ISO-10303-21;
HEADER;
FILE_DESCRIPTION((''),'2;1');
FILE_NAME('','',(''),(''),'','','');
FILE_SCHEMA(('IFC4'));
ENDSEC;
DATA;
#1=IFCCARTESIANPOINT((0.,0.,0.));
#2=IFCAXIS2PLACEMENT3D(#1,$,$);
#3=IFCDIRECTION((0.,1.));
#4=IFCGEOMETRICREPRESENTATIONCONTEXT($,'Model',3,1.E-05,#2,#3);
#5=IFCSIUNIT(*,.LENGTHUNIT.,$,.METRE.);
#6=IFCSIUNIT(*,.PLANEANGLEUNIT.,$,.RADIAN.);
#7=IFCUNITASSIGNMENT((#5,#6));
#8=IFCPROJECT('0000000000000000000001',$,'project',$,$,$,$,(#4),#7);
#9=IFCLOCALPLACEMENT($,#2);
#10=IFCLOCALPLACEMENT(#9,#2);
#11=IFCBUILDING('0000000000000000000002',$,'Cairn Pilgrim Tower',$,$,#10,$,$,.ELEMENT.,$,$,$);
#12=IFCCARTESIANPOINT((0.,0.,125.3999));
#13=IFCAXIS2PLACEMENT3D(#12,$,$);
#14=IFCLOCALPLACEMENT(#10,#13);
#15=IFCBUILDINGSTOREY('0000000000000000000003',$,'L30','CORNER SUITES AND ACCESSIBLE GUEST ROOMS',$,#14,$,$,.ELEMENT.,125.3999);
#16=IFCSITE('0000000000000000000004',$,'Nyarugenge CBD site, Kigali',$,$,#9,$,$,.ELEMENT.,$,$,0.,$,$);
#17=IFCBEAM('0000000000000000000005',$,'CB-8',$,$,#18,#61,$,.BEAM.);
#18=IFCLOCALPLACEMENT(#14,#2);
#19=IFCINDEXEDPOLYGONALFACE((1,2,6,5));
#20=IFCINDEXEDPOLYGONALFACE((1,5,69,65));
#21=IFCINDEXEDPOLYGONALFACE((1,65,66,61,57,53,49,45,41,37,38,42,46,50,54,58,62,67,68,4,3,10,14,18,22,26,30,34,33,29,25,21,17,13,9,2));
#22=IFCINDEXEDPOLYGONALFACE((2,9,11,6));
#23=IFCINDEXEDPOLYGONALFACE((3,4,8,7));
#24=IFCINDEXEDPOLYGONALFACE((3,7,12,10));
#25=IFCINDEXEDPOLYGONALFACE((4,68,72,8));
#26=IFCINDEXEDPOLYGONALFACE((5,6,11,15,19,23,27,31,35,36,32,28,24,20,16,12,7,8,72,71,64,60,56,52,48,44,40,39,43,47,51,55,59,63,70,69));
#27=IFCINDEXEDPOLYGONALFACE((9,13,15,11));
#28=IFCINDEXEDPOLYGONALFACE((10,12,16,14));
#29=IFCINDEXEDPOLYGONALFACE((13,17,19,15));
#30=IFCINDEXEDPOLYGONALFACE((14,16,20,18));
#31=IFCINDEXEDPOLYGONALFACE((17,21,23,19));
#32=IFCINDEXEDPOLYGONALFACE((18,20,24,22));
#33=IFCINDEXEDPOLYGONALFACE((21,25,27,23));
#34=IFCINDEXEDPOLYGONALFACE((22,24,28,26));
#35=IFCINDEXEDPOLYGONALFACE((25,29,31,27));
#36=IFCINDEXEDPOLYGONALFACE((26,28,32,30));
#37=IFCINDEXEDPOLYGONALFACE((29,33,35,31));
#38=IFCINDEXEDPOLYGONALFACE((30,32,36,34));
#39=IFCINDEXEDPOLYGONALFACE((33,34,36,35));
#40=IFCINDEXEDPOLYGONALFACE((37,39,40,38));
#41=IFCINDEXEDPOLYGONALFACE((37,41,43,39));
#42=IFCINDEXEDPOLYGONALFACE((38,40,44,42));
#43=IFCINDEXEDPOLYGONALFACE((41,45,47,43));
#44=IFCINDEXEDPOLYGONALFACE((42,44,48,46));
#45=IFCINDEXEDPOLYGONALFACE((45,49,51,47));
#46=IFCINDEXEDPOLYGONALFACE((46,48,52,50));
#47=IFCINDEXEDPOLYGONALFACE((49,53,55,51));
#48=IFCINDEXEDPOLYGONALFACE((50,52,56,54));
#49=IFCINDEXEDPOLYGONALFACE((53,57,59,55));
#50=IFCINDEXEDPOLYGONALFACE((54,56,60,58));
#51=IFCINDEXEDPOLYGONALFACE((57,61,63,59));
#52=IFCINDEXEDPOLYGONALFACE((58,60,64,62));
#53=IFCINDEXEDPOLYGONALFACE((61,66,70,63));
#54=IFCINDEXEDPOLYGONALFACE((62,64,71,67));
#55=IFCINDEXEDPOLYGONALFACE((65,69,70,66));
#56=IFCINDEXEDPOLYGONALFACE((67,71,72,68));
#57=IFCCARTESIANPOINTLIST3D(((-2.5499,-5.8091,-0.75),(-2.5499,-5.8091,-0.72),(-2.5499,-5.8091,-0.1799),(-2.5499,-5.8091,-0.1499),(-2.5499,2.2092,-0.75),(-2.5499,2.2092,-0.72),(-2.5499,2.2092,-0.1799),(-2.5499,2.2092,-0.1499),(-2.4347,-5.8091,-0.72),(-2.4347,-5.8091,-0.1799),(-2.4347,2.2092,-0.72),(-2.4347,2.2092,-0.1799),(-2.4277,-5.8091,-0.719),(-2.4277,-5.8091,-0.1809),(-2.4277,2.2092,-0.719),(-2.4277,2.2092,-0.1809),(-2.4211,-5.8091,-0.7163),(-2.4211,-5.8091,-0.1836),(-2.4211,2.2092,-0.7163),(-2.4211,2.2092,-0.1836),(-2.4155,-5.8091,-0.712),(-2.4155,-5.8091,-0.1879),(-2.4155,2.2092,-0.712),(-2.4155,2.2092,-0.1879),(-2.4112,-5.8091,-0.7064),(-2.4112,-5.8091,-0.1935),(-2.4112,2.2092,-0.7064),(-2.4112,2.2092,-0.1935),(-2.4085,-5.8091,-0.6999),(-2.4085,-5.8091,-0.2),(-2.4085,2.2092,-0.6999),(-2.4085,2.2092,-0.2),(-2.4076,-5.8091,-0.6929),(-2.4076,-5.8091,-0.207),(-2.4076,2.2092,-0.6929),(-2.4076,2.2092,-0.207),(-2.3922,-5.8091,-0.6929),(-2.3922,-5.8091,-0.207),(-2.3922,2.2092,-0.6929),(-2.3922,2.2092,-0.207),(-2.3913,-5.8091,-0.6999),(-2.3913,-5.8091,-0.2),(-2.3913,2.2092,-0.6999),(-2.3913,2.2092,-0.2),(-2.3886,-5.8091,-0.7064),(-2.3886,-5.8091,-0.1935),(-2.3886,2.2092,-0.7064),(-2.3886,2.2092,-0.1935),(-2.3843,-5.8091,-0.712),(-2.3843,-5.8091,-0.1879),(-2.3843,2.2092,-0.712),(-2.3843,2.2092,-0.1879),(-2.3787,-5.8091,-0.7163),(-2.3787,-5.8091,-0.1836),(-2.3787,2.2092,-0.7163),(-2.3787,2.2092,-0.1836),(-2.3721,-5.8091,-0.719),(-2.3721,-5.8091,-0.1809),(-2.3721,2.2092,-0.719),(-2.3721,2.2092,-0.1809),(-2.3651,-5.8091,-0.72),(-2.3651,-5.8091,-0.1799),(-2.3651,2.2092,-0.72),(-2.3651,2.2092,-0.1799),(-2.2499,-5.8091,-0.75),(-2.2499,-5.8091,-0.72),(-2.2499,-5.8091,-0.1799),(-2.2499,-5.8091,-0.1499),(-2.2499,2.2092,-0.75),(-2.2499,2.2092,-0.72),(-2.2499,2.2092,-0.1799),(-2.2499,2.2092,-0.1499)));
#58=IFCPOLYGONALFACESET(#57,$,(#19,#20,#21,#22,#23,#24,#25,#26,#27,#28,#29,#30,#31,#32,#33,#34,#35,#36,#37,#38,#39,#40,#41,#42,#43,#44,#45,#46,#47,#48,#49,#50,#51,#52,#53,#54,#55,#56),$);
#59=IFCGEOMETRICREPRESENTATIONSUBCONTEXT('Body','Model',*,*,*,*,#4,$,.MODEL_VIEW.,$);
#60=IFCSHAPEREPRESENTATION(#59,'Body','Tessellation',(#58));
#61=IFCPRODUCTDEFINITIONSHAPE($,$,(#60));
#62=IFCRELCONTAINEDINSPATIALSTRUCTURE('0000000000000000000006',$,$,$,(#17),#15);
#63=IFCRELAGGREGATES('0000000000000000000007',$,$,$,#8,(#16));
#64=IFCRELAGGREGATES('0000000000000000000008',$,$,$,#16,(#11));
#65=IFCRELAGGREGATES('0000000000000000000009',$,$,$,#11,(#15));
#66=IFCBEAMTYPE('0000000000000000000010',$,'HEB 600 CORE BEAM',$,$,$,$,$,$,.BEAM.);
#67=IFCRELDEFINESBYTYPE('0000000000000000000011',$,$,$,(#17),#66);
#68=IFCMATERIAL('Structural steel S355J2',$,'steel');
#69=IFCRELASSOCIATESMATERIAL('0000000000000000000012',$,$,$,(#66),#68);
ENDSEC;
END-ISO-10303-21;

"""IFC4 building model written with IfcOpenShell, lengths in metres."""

from ifc_helpers import new_model, si_unit, direction, frame, origin, origin_2d, place, context, subcontext, project, spatial, i_section, extrude, material, material_profile, profile_set, type_object, element, save


model = new_model("IFC4")

# Units and contexts
model_context = context("Model", 3, precision=1e-05, world=origin(), true_north=direction((0.0, 1.0)))
body_context = subcontext(model_context, "Body", "Model", "MODEL_VIEW")
ifc_project = project(units=[si_unit("LENGTHUNIT", "METRE"), si_unit("PLANEANGLEUNIT", "RADIAN")], contexts=[model_context])

# Site, building, storey
site_placement = place(None, origin())
site = spatial("IfcSite", under=ifc_project, at=site_placement, Name="Nyarugenge CBD site, Kigali", CompositionType="ELEMENT", RefElevation=0.0)
building_placement = place(site_placement, origin())
building = spatial("IfcBuilding", under=site, at=building_placement, Name="Cairn Pilgrim Tower", CompositionType="ELEMENT")
storey_placement = place(building_placement, frame((0.0, 0.0, 125.3999)))
storey = spatial("IfcBuildingStorey", under=building, at=storey_placement, Name="L30", Description="CORNER SUITES AND ACCESSIBLE GUEST ROOMS", CompositionType="ELEMENT", Elevation=125.3999)

# Beam
ifc_material_1 = material(Name="Structural steel S355J2", Category="steel")
ifc_material_profile_1 = material_profile(ifc_material_1, i_section(OverallWidth=0.3, OverallDepth=0.6001, WebThickness=0.0154, FlangeThickness=0.03, FilletRadius=0.0271, at=origin_2d()), Name="HEB 600")
ifc_profile_set_1 = profile_set([ifc_material_profile_1], Name="Structural steel S355J2")
beam_type = type_object("IfcBeamType", Name="HEB 600 CORE BEAM", PredefinedType="BEAM", material=ifc_profile_set_1)
beam_placement = place(storey_placement, frame((-2.3999, 2.2092, -0.45), z_axis=(0.0, -1.0, 0.0), x_axis=(1.0, 0.0, 0.0)))
element("IfcBeam", 1, at=beam_placement, inside=storey, type_object=beam_type, Name="CB-8", PredefinedType="BEAM", context=body_context, shape_type="SweptSolid", body=[
    extrude(i_section(OverallWidth=0.3, OverallDepth=0.6001, WebThickness=0.0154, FlangeThickness=0.03, FilletRadius=0.0271, at=origin_2d()), origin(), (0.0, 0.0, 1.0), 8.0183),
])

save(model, "model.ifc")
